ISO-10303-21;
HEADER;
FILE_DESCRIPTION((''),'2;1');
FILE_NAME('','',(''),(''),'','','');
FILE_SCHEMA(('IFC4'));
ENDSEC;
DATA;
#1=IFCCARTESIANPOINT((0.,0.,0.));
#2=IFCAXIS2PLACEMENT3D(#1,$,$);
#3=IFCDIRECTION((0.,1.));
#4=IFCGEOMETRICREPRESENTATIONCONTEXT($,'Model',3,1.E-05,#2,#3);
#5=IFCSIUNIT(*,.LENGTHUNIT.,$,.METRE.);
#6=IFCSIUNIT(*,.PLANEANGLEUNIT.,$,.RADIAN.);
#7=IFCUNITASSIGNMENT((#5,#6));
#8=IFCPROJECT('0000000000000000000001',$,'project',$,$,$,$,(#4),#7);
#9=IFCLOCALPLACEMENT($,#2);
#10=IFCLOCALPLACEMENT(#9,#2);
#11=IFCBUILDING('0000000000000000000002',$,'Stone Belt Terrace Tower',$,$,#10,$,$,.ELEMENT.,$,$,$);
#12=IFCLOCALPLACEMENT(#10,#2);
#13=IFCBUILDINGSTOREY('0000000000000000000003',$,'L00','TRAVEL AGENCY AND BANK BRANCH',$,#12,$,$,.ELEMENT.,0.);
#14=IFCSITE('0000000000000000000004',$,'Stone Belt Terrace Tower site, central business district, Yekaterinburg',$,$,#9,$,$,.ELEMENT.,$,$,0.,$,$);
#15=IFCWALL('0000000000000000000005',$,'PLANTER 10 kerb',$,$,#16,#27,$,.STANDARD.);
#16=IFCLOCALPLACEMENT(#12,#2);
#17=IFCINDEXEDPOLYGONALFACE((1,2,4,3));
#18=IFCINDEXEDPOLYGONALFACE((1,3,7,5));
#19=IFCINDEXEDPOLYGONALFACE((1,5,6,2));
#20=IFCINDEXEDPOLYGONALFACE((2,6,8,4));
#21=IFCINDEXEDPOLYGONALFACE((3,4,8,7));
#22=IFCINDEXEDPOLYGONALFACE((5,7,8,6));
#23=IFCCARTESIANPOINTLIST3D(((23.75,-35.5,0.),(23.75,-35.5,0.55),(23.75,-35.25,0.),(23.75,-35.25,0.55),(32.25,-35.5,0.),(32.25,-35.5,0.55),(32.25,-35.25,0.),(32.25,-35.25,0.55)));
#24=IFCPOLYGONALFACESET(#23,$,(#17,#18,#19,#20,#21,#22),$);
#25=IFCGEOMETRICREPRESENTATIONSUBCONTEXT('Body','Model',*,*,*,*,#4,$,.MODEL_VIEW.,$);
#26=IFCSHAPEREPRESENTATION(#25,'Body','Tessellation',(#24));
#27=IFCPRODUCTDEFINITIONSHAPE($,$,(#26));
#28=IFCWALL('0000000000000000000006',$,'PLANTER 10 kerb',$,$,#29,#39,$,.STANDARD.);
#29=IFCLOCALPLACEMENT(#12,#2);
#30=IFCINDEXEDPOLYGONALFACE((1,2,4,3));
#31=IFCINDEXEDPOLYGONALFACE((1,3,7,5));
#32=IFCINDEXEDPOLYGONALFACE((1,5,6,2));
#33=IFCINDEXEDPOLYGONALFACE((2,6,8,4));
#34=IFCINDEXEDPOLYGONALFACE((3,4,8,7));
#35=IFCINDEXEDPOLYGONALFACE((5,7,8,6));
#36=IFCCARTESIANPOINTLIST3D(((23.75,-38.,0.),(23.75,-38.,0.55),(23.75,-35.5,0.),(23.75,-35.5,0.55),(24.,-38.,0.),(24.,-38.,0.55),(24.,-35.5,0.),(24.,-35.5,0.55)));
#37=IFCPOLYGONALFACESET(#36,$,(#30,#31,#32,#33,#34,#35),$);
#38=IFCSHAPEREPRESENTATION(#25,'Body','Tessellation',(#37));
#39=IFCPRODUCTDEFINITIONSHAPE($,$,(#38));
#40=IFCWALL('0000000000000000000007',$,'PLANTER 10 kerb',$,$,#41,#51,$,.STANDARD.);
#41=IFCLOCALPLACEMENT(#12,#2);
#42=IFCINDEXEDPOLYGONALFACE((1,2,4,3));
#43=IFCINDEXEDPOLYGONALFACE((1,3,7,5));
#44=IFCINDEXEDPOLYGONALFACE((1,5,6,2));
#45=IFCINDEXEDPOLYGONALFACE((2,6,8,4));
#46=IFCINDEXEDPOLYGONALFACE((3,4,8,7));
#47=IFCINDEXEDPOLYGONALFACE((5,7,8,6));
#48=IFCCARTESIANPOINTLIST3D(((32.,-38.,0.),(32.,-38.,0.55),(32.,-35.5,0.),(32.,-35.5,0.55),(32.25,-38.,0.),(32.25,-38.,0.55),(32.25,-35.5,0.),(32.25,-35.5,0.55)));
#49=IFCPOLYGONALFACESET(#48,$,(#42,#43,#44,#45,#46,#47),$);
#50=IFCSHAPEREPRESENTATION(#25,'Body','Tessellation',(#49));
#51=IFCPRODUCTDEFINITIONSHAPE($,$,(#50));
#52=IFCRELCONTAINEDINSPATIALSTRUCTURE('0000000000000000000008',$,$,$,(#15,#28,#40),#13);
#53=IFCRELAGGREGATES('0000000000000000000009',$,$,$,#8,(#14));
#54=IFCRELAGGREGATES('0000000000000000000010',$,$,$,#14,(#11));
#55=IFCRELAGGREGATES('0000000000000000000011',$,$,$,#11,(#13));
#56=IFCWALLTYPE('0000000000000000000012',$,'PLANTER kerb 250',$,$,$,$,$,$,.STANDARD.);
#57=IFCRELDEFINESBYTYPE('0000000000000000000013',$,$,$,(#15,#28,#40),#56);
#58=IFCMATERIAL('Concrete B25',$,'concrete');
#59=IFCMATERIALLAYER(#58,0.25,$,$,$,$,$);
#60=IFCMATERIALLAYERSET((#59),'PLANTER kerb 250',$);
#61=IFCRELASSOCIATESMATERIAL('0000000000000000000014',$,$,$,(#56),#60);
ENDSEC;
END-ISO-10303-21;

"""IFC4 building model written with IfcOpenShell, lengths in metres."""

from ifc_helpers import new_model, si_unit, direction, frame, frame_2d, origin, place, context, subcontext, project, spatial, rectangle, extrude, material, layer, layer_set, type_object, element, save


model = new_model("IFC4")

# Units and contexts
model_context = context("Model", 3, precision=1e-05, world=origin(), true_north=direction((0.0, 1.0)))
body_context = subcontext(model_context, "Body", "Model", "MODEL_VIEW")
ifc_project = project(units=[si_unit("LENGTHUNIT", "METRE"), si_unit("PLANEANGLEUNIT", "RADIAN")], contexts=[model_context])

# Site, building, storey
site_placement = place(None, origin())
site = spatial("IfcSite", under=ifc_project, at=site_placement, Name="Stone Belt Terrace Tower site, central business district, Yekaterinburg", CompositionType="ELEMENT", RefElevation=0.0)
building_placement = place(site_placement, origin())
building = spatial("IfcBuilding", under=site, at=building_placement, Name="Stone Belt Terrace Tower", CompositionType="ELEMENT")
storey_placement = place(building_placement, origin())
storey = spatial("IfcBuildingStorey", under=building, at=storey_placement, Name="L00", Description="TRAVEL AGENCY AND BANK BRANCH", CompositionType="ELEMENT", Elevation=0.0)

# Walls
ifc_material_1 = material(Name="Concrete B25", Category="concrete")
ifc_layer_1 = layer(ifc_material_1, 0.25)
ifc_layer_set_1 = layer_set([ifc_layer_1], Name="PLANTER kerb 250")
wall_type_1 = type_object("IfcWallType", Name="PLANTER kerb 250", PredefinedType="STANDARD", material=ifc_layer_set_1)
for number, where, z_axis, x_axis, name in (
    (1, (23.75, -35.375, 0.0), (0.0, 0.0, 1.0), (1.0, 0.0, 0.0), "PLANTER 10 kerb"),
):
    element("IfcWall", number, at=place(storey_placement, frame(where, z_axis=z_axis, x_axis=x_axis)), inside=storey, type_object=wall_type_1, Name=name, PredefinedType="STANDARD", context=body_context, shape_type="SweptSolid", body=[
        extrude(rectangle(XDim=8.5, YDim=0.25, at=frame_2d((4.25, 0.0))), origin(), (0.0, 0.0, 1.0), 0.55),
    ])
for number, where, z_axis, x_axis, name in (
    (2, (23.875, -38.0, 0.0), (0.0, 0.0, 1.0), (0.0, 1.0, 0.0), "PLANTER 10 kerb"),
    (3, (32.125, -38.0, 0.0), (0.0, 0.0, 1.0), (0.0, 1.0, 0.0), "PLANTER 10 kerb"),
):
    element("IfcWall", number, at=place(storey_placement, frame(where, z_axis=z_axis, x_axis=x_axis)), inside=storey, type_object=wall_type_1, Name=name, PredefinedType="STANDARD", context=body_context, shape_type="SweptSolid", body=[
        extrude(rectangle(XDim=2.5, YDim=0.25, at=frame_2d((1.25, 0.0))), origin(), (0.0, 0.0, 1.0), 0.55),
    ])

save(model, "model.ifc")
